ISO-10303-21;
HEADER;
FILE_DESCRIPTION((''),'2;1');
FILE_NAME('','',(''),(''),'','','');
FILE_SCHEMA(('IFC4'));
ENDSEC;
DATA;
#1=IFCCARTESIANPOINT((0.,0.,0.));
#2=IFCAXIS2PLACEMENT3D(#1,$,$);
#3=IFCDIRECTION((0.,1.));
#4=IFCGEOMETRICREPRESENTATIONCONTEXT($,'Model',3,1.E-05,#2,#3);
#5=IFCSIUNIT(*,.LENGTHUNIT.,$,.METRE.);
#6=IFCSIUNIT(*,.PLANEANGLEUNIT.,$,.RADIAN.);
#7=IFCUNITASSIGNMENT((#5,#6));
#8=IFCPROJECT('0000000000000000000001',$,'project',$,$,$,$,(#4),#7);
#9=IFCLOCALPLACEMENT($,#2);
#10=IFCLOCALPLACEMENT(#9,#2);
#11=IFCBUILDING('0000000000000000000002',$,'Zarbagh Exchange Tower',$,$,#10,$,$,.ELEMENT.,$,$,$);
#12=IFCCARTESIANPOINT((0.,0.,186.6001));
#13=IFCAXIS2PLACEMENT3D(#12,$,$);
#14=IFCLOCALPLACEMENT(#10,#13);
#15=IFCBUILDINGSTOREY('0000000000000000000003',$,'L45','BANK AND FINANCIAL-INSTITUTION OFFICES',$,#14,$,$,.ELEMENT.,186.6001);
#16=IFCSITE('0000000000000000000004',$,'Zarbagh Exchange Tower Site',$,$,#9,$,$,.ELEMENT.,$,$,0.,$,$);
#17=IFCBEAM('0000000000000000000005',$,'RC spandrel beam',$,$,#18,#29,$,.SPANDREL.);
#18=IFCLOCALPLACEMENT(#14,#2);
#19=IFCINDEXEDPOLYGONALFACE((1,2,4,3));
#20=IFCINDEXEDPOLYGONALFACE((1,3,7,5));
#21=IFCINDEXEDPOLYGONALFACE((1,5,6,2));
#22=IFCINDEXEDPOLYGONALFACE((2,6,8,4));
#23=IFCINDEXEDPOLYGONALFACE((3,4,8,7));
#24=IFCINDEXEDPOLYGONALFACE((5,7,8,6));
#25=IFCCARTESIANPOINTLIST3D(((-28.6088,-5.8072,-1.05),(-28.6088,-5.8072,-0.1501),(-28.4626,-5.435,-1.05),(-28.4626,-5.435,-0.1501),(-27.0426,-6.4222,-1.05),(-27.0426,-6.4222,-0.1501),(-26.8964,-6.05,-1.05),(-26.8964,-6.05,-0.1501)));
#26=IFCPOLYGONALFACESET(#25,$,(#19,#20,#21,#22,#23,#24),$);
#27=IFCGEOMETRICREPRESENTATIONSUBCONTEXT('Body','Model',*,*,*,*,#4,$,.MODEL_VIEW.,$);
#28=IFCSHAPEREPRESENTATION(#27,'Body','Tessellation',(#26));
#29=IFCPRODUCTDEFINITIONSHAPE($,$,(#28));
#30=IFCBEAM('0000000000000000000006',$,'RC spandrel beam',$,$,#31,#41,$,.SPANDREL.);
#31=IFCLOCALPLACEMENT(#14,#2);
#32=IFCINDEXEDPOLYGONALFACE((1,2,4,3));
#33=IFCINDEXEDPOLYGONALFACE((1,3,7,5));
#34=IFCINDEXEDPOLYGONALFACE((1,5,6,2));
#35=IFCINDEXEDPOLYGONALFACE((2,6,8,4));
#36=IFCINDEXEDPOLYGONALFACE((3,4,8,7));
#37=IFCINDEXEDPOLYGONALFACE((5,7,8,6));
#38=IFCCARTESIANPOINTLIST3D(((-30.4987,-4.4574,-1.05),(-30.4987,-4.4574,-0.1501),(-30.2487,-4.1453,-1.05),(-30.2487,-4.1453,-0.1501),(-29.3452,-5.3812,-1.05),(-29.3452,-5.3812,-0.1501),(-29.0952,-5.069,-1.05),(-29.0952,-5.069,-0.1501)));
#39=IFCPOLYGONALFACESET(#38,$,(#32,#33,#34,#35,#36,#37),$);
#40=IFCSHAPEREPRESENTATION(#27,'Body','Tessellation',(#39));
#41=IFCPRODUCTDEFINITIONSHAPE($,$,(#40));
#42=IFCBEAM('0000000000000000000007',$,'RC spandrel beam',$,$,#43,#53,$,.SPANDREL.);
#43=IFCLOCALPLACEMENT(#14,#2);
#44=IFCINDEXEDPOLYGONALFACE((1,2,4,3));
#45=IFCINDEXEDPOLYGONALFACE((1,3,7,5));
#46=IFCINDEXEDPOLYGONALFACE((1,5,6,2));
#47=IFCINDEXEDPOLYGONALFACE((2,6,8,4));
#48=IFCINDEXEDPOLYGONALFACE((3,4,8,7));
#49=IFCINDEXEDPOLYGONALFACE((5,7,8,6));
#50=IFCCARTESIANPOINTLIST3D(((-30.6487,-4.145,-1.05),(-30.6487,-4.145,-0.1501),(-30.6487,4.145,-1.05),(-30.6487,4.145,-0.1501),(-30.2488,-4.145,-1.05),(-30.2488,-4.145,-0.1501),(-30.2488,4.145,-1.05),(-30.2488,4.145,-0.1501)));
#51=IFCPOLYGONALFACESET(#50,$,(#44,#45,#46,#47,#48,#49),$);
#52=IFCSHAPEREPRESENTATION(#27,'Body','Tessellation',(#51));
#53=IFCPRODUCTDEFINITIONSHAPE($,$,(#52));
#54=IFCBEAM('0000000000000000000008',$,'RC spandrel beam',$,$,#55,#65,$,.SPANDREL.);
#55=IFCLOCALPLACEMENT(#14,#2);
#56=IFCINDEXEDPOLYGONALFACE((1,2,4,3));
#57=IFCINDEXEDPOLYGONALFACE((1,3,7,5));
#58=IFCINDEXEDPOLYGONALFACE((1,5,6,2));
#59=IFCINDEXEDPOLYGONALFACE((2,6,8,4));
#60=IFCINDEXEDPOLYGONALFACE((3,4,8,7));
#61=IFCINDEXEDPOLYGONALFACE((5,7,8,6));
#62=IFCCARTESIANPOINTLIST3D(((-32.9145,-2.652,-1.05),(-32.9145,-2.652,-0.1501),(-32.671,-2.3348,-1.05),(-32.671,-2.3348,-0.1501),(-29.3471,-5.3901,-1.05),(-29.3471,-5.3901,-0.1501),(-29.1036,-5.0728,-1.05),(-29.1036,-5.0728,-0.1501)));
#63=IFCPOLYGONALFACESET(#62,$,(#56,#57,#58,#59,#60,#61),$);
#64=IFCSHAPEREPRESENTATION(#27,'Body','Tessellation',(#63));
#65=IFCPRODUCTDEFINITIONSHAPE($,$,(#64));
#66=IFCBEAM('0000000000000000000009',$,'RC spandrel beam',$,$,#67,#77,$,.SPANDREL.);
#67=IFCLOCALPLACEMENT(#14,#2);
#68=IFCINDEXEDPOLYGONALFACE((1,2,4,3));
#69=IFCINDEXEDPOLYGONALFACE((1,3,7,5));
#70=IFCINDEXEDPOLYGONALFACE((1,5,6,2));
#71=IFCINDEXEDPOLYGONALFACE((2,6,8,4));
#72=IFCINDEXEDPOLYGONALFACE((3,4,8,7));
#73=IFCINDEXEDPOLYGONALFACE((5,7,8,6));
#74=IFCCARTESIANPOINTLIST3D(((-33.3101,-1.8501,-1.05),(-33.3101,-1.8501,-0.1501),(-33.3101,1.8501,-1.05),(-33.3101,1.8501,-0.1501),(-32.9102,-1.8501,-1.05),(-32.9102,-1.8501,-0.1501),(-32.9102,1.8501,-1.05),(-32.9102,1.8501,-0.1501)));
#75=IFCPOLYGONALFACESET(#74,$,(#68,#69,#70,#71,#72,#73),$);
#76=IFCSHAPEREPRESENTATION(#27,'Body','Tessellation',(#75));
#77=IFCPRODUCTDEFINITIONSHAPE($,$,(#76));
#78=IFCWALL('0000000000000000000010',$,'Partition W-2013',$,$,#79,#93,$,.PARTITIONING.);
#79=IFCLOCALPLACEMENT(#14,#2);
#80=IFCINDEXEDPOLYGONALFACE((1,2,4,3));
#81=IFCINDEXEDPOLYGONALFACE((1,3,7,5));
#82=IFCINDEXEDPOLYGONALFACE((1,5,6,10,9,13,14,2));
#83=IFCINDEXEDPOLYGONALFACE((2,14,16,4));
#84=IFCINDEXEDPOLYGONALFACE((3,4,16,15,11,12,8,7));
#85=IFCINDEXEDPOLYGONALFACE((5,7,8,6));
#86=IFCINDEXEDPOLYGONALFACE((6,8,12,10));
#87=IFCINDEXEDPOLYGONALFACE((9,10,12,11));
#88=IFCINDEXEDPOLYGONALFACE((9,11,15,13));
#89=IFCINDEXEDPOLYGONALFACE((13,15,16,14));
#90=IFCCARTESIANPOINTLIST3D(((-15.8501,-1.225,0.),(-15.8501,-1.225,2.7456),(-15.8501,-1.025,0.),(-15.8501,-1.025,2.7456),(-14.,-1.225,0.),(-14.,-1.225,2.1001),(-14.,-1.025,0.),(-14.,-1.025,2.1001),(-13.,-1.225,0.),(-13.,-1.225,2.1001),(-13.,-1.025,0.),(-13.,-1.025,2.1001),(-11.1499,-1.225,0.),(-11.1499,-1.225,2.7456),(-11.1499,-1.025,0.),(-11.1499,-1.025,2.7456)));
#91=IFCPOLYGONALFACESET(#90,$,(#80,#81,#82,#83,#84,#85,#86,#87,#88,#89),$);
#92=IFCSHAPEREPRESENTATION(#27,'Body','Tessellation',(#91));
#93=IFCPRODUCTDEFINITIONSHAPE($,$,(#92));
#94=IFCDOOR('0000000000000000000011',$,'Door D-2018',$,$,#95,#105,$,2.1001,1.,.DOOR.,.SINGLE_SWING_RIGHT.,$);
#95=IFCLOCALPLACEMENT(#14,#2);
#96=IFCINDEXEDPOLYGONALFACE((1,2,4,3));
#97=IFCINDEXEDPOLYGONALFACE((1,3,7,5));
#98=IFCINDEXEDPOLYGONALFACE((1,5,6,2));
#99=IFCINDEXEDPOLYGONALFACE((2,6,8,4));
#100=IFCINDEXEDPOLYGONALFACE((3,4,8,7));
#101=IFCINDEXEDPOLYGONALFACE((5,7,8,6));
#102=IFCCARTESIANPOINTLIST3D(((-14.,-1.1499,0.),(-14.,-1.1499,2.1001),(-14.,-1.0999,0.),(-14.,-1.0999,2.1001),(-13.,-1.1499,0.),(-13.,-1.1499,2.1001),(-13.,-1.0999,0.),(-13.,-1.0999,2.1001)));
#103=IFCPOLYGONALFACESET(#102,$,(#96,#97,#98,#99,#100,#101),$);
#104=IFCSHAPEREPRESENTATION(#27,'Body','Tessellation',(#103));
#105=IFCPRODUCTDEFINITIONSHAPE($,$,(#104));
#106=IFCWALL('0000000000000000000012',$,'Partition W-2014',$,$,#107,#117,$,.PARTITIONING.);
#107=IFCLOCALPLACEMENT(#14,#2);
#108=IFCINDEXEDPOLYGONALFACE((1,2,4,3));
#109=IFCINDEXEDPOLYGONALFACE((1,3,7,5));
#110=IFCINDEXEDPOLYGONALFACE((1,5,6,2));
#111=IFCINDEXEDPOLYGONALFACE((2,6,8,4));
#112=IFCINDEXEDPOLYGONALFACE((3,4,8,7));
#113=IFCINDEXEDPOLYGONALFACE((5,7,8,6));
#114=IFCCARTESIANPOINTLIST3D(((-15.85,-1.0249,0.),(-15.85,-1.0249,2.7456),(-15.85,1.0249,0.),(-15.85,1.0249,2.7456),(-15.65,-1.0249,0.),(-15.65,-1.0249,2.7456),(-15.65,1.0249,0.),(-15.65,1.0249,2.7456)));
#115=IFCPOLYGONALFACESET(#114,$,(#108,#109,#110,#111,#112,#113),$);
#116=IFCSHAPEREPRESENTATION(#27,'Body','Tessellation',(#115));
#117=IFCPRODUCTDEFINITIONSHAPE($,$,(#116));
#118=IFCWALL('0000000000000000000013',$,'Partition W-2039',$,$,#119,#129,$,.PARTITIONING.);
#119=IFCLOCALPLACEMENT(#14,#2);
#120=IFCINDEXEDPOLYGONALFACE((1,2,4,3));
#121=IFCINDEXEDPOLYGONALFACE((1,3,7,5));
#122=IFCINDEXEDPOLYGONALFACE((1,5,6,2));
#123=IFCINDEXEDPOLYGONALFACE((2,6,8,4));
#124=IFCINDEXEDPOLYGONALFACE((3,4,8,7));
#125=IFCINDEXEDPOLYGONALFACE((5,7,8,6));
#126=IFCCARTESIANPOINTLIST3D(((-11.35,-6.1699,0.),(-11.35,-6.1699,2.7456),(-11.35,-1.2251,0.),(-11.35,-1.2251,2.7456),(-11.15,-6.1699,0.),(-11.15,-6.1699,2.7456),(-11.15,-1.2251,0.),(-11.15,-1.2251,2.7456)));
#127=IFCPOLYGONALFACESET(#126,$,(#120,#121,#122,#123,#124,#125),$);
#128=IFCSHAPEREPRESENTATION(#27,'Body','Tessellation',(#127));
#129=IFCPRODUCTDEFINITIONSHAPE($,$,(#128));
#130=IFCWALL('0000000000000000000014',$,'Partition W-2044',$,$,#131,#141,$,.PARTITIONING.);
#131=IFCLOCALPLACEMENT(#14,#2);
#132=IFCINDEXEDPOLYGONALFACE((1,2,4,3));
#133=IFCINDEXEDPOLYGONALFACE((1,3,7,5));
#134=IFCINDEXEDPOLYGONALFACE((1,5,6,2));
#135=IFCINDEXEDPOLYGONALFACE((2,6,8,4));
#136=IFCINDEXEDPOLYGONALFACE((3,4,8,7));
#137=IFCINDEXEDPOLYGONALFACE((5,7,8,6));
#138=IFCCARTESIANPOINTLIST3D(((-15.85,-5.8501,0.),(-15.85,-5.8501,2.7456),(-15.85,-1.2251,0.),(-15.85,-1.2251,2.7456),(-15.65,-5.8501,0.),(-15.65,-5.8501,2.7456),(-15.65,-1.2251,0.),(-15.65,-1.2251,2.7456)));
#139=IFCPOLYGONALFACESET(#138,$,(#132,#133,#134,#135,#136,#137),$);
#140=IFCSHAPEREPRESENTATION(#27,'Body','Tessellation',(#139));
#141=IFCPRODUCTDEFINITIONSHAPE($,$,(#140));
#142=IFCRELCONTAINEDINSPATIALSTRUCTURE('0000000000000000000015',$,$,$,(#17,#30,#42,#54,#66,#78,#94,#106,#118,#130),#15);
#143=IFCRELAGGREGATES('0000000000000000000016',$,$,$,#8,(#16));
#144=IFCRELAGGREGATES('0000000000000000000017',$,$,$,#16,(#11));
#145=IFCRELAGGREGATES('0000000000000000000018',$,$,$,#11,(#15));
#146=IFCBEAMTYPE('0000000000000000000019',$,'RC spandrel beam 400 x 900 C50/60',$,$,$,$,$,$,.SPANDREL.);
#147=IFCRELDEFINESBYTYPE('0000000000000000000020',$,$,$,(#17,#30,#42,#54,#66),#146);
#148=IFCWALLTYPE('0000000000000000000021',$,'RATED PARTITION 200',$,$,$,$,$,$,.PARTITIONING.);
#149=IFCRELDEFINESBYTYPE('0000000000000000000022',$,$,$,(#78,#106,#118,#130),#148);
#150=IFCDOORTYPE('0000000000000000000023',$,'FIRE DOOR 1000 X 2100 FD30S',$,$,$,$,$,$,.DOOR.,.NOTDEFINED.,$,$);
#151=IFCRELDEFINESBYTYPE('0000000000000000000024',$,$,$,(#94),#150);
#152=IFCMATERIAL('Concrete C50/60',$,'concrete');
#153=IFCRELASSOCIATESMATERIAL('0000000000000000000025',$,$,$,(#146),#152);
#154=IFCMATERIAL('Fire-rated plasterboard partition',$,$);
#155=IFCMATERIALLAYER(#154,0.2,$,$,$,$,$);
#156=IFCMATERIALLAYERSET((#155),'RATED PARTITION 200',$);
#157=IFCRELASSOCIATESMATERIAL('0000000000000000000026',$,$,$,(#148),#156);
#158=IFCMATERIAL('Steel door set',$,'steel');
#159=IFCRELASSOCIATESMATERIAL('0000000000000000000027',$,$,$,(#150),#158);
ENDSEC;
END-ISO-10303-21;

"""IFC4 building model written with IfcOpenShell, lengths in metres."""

from ifc_helpers import new_model, si_unit, direction, frame, frame_2d, origin, origin_2d, place, context, subcontext, project, spatial, rectangle, extrude, material, layer, layer_set, material_profile, profile_set, type_object, element, fill, save


model = new_model("IFC4")

# Units and contexts
model_context = context("Model", 3, precision=1e-05, world=origin(), true_north=direction((0.0, 1.0)))
body_context = subcontext(model_context, "Body", "Model", "MODEL_VIEW")
ifc_project = project(units=[si_unit("LENGTHUNIT", "METRE"), si_unit("PLANEANGLEUNIT", "RADIAN")], contexts=[model_context])

# Site, building, storey
site_placement = place(None, origin())
site = spatial("IfcSite", under=ifc_project, at=site_placement, Name="Zarbagh Exchange Tower Site", CompositionType="ELEMENT", RefElevation=0.0)
building_placement = place(site_placement, origin())
building = spatial("IfcBuilding", under=site, at=building_placement, Name="Zarbagh Exchange Tower", CompositionType="ELEMENT")
storey_placement = place(building_placement, frame((0.0, 0.0, 186.6001)))
storey = spatial("IfcBuildingStorey", under=building, at=storey_placement, Name="L45", Description="BANK AND FINANCIAL-INSTITUTION OFFICES", CompositionType="ELEMENT", Elevation=186.6001)

# Shared definitions
ifc_material_1 = material(Name="Concrete C50/60", Category="concrete")

# Beams
ifc_material_profile_1 = material_profile(ifc_material_1, rectangle(XDim=0.3999, YDim=0.8999, at=origin_2d()), Name="RC spandrel beam 400 x 900 C50/60")
ifc_profile_set_1 = profile_set([ifc_material_profile_1], Name="Concrete C50/60")
beam_type_1 = type_object("IfcBeamType", Name="RC spandrel beam 400 x 900 C50/60", PredefinedType="SPANDREL", material=ifc_profile_set_1)
beam_1_placement = place(storey_placement, frame((-26.9695, -6.2361, -0.6001), z_axis=(-0.93081, 0.365504, 0.0), x_axis=(-0.365504, -0.93081, 0.0)))
element("IfcBeam", 1, at=beam_1_placement, inside=storey, type_object=beam_type_1, Name="RC spandrel beam", PredefinedType="SPANDREL", context=body_context, shape_type="SweptSolid", body=[
    extrude(rectangle(XDim=0.3999, YDim=0.8999, at=origin_2d()), origin(), (0.0, 0.0, 1.0), 1.6826),
])
beam_2_placement = place(storey_placement, frame((-29.2202, -5.2251, -0.6001), z_axis=(-0.780546, 0.625098, 0.0), x_axis=(-0.625098, -0.780546, 0.0)))
element("IfcBeam", 2, at=beam_2_placement, inside=storey, type_object=beam_type_1, Name="RC spandrel beam", PredefinedType="SPANDREL", context=body_context, shape_type="SweptSolid", body=[
    extrude(rectangle(XDim=0.3999, YDim=0.8999, at=origin_2d()), origin(), (0.0, 0.0, 1.0), 1.4778),
])
beam_3_placement = place(storey_placement, frame((-30.4487, -4.145, -0.6001), z_axis=(0.0, 1.0, 0.0), x_axis=(-1.0, 0.0, 0.0)))
element("IfcBeam", 3, at=beam_3_placement, inside=storey, type_object=beam_type_1, Name="RC spandrel beam", PredefinedType="SPANDREL", context=body_context, shape_type="SweptSolid", body=[
    extrude(rectangle(XDim=0.3999, YDim=0.8999, at=origin_2d()), origin(), (0.0, 0.0, 1.0), 8.29),
])
beam_4_placement = place(storey_placement, frame((-29.2253, -5.2314, -0.6001), z_axis=(-0.793279, 0.608858, 0.0), x_axis=(-0.608858, -0.793279, 0.0)))
element("IfcBeam", 4, at=beam_4_placement, inside=storey, type_object=beam_type_1, Name="RC spandrel beam", PredefinedType="SPANDREL", context=body_context, shape_type="SweptSolid", body=[
    extrude(rectangle(XDim=0.3999, YDim=0.8999, at=origin_2d()), origin(), (0.0, 0.0, 1.0), 4.4971),
])
beam_5_placement = place(storey_placement, frame((-33.1101, -1.8501, -0.6001), z_axis=(0.0, 1.0, 0.0), x_axis=(-1.0, 0.0, 0.0)))
element("IfcBeam", 5, at=beam_5_placement, inside=storey, type_object=beam_type_1, Name="RC spandrel beam", PredefinedType="SPANDREL", context=body_context, shape_type="SweptSolid", body=[
    extrude(rectangle(XDim=0.3999, YDim=0.8999, at=origin_2d()), origin(), (0.0, 0.0, 1.0), 3.7002),
])

# Wall, opening, door
ifc_material_2 = material(Name="Fire-rated plasterboard partition")
ifc_layer = layer(ifc_material_2, 0.2)
ifc_layer_set = layer_set([ifc_layer], Name="RATED PARTITION 200")
wall_type = type_object("IfcWallType", Name="RATED PARTITION 200", PredefinedType="PARTITIONING", material=ifc_layer_set)
wall_1_placement = place(storey_placement, frame((-11.1499, -1.125, 0.0), z_axis=(0.0, 0.0, 1.0), x_axis=(-1.0, 0.0, 0.0)))
wall_1 = element("IfcWall", 6, at=wall_1_placement, inside=storey, type_object=wall_type, Name="Partition W-2013", PredefinedType="PARTITIONING", context=body_context, shape_type="SweptSolid", body=[
    extrude(rectangle(XDim=4.7002, YDim=0.2, at=frame_2d((2.3501, 0.0))), origin(), (0.0, 0.0, 1.0), 2.7456),
])
opening_placement = place(wall_1_placement, frame((1.8501, 0.0, 0.0)))
opening = element("IfcOpeningElement", 7, at=opening_placement, cuts=wall_1, PredefinedType="OPENING", context=body_context, shape_type="SweptSolid", body=[
    extrude(rectangle(XDim=1.0, YDim=2.1001, at=frame_2d((0.5, 1.05))), frame((0.0, 0.1099, 0.0), z_axis=(0.0, -1.0, 0.0), x_axis=(1.0, 0.0, 0.0)), (0.0, 0.0, 1.0), 0.22),
])
ifc_material_3 = material(Name="Steel door set", Category="steel")
door_type = type_object("IfcDoorType", Name="FIRE DOOR 1000 X 2100 FD30S", OperationType="NOTDEFINED", PredefinedType="DOOR", material=ifc_material_3)
door_placement = place(opening_placement, origin())
door = element("IfcDoor", 8, at=door_placement, inside=storey, type_object=door_type, Name="Door D-2018", OperationType="SINGLE_SWING_RIGHT", OverallHeight=2.1001, OverallWidth=1.0, PredefinedType="DOOR", context=body_context, shape_type="SweptSolid", body=[
    extrude(rectangle(XDim=1.0, YDim=2.1001, at=frame_2d((0.5, 1.05))), frame((0.0, 0.0249, 0.0), z_axis=(0.0, -1.0, 0.0), x_axis=(1.0, 0.0, 0.0)), (0.0, 0.0, 1.0), 0.05),
])
fill(opening, door)

# Walls
wall_2_placement = place(storey_placement, frame((-15.75, -1.0249, 0.0), z_axis=(0.0, 0.0, 1.0), x_axis=(0.0, 1.0, 0.0)))
element("IfcWall", 9, at=wall_2_placement, inside=storey, type_object=wall_type, Name="Partition W-2014", PredefinedType="PARTITIONING", context=body_context, shape_type="SweptSolid", body=[
    extrude(rectangle(XDim=2.0498, YDim=0.2, at=frame_2d((1.0249, 0.0))), origin(), (0.0, 0.0, 1.0), 2.7456),
])
wall_3_placement = place(storey_placement, frame((-11.25, -6.1699, 0.0), z_axis=(0.0, 0.0, 1.0), x_axis=(0.0, 1.0, 0.0)))
element("IfcWall", 10, at=wall_3_placement, inside=storey, type_object=wall_type, Name="Partition W-2039", PredefinedType="PARTITIONING", context=body_context, shape_type="SweptSolid", body=[
    extrude(rectangle(XDim=4.9448, YDim=0.2, at=frame_2d((2.4724, 0.0))), origin(), (0.0, 0.0, 1.0), 2.7456),
])
wall_4_placement = place(storey_placement, frame((-15.75, -5.8501, 0.0), z_axis=(0.0, 0.0, 1.0), x_axis=(0.0, 1.0, 0.0)))
element("IfcWall", 11, at=wall_4_placement, inside=storey, type_object=wall_type, Name="Partition W-2044", PredefinedType="PARTITIONING", context=body_context, shape_type="SweptSolid", body=[
    extrude(rectangle(XDim=4.625, YDim=0.2, at=frame_2d((2.3125, 0.0))), origin(), (0.0, 0.0, 1.0), 2.7456),
])

save(model, "model.ifc")
